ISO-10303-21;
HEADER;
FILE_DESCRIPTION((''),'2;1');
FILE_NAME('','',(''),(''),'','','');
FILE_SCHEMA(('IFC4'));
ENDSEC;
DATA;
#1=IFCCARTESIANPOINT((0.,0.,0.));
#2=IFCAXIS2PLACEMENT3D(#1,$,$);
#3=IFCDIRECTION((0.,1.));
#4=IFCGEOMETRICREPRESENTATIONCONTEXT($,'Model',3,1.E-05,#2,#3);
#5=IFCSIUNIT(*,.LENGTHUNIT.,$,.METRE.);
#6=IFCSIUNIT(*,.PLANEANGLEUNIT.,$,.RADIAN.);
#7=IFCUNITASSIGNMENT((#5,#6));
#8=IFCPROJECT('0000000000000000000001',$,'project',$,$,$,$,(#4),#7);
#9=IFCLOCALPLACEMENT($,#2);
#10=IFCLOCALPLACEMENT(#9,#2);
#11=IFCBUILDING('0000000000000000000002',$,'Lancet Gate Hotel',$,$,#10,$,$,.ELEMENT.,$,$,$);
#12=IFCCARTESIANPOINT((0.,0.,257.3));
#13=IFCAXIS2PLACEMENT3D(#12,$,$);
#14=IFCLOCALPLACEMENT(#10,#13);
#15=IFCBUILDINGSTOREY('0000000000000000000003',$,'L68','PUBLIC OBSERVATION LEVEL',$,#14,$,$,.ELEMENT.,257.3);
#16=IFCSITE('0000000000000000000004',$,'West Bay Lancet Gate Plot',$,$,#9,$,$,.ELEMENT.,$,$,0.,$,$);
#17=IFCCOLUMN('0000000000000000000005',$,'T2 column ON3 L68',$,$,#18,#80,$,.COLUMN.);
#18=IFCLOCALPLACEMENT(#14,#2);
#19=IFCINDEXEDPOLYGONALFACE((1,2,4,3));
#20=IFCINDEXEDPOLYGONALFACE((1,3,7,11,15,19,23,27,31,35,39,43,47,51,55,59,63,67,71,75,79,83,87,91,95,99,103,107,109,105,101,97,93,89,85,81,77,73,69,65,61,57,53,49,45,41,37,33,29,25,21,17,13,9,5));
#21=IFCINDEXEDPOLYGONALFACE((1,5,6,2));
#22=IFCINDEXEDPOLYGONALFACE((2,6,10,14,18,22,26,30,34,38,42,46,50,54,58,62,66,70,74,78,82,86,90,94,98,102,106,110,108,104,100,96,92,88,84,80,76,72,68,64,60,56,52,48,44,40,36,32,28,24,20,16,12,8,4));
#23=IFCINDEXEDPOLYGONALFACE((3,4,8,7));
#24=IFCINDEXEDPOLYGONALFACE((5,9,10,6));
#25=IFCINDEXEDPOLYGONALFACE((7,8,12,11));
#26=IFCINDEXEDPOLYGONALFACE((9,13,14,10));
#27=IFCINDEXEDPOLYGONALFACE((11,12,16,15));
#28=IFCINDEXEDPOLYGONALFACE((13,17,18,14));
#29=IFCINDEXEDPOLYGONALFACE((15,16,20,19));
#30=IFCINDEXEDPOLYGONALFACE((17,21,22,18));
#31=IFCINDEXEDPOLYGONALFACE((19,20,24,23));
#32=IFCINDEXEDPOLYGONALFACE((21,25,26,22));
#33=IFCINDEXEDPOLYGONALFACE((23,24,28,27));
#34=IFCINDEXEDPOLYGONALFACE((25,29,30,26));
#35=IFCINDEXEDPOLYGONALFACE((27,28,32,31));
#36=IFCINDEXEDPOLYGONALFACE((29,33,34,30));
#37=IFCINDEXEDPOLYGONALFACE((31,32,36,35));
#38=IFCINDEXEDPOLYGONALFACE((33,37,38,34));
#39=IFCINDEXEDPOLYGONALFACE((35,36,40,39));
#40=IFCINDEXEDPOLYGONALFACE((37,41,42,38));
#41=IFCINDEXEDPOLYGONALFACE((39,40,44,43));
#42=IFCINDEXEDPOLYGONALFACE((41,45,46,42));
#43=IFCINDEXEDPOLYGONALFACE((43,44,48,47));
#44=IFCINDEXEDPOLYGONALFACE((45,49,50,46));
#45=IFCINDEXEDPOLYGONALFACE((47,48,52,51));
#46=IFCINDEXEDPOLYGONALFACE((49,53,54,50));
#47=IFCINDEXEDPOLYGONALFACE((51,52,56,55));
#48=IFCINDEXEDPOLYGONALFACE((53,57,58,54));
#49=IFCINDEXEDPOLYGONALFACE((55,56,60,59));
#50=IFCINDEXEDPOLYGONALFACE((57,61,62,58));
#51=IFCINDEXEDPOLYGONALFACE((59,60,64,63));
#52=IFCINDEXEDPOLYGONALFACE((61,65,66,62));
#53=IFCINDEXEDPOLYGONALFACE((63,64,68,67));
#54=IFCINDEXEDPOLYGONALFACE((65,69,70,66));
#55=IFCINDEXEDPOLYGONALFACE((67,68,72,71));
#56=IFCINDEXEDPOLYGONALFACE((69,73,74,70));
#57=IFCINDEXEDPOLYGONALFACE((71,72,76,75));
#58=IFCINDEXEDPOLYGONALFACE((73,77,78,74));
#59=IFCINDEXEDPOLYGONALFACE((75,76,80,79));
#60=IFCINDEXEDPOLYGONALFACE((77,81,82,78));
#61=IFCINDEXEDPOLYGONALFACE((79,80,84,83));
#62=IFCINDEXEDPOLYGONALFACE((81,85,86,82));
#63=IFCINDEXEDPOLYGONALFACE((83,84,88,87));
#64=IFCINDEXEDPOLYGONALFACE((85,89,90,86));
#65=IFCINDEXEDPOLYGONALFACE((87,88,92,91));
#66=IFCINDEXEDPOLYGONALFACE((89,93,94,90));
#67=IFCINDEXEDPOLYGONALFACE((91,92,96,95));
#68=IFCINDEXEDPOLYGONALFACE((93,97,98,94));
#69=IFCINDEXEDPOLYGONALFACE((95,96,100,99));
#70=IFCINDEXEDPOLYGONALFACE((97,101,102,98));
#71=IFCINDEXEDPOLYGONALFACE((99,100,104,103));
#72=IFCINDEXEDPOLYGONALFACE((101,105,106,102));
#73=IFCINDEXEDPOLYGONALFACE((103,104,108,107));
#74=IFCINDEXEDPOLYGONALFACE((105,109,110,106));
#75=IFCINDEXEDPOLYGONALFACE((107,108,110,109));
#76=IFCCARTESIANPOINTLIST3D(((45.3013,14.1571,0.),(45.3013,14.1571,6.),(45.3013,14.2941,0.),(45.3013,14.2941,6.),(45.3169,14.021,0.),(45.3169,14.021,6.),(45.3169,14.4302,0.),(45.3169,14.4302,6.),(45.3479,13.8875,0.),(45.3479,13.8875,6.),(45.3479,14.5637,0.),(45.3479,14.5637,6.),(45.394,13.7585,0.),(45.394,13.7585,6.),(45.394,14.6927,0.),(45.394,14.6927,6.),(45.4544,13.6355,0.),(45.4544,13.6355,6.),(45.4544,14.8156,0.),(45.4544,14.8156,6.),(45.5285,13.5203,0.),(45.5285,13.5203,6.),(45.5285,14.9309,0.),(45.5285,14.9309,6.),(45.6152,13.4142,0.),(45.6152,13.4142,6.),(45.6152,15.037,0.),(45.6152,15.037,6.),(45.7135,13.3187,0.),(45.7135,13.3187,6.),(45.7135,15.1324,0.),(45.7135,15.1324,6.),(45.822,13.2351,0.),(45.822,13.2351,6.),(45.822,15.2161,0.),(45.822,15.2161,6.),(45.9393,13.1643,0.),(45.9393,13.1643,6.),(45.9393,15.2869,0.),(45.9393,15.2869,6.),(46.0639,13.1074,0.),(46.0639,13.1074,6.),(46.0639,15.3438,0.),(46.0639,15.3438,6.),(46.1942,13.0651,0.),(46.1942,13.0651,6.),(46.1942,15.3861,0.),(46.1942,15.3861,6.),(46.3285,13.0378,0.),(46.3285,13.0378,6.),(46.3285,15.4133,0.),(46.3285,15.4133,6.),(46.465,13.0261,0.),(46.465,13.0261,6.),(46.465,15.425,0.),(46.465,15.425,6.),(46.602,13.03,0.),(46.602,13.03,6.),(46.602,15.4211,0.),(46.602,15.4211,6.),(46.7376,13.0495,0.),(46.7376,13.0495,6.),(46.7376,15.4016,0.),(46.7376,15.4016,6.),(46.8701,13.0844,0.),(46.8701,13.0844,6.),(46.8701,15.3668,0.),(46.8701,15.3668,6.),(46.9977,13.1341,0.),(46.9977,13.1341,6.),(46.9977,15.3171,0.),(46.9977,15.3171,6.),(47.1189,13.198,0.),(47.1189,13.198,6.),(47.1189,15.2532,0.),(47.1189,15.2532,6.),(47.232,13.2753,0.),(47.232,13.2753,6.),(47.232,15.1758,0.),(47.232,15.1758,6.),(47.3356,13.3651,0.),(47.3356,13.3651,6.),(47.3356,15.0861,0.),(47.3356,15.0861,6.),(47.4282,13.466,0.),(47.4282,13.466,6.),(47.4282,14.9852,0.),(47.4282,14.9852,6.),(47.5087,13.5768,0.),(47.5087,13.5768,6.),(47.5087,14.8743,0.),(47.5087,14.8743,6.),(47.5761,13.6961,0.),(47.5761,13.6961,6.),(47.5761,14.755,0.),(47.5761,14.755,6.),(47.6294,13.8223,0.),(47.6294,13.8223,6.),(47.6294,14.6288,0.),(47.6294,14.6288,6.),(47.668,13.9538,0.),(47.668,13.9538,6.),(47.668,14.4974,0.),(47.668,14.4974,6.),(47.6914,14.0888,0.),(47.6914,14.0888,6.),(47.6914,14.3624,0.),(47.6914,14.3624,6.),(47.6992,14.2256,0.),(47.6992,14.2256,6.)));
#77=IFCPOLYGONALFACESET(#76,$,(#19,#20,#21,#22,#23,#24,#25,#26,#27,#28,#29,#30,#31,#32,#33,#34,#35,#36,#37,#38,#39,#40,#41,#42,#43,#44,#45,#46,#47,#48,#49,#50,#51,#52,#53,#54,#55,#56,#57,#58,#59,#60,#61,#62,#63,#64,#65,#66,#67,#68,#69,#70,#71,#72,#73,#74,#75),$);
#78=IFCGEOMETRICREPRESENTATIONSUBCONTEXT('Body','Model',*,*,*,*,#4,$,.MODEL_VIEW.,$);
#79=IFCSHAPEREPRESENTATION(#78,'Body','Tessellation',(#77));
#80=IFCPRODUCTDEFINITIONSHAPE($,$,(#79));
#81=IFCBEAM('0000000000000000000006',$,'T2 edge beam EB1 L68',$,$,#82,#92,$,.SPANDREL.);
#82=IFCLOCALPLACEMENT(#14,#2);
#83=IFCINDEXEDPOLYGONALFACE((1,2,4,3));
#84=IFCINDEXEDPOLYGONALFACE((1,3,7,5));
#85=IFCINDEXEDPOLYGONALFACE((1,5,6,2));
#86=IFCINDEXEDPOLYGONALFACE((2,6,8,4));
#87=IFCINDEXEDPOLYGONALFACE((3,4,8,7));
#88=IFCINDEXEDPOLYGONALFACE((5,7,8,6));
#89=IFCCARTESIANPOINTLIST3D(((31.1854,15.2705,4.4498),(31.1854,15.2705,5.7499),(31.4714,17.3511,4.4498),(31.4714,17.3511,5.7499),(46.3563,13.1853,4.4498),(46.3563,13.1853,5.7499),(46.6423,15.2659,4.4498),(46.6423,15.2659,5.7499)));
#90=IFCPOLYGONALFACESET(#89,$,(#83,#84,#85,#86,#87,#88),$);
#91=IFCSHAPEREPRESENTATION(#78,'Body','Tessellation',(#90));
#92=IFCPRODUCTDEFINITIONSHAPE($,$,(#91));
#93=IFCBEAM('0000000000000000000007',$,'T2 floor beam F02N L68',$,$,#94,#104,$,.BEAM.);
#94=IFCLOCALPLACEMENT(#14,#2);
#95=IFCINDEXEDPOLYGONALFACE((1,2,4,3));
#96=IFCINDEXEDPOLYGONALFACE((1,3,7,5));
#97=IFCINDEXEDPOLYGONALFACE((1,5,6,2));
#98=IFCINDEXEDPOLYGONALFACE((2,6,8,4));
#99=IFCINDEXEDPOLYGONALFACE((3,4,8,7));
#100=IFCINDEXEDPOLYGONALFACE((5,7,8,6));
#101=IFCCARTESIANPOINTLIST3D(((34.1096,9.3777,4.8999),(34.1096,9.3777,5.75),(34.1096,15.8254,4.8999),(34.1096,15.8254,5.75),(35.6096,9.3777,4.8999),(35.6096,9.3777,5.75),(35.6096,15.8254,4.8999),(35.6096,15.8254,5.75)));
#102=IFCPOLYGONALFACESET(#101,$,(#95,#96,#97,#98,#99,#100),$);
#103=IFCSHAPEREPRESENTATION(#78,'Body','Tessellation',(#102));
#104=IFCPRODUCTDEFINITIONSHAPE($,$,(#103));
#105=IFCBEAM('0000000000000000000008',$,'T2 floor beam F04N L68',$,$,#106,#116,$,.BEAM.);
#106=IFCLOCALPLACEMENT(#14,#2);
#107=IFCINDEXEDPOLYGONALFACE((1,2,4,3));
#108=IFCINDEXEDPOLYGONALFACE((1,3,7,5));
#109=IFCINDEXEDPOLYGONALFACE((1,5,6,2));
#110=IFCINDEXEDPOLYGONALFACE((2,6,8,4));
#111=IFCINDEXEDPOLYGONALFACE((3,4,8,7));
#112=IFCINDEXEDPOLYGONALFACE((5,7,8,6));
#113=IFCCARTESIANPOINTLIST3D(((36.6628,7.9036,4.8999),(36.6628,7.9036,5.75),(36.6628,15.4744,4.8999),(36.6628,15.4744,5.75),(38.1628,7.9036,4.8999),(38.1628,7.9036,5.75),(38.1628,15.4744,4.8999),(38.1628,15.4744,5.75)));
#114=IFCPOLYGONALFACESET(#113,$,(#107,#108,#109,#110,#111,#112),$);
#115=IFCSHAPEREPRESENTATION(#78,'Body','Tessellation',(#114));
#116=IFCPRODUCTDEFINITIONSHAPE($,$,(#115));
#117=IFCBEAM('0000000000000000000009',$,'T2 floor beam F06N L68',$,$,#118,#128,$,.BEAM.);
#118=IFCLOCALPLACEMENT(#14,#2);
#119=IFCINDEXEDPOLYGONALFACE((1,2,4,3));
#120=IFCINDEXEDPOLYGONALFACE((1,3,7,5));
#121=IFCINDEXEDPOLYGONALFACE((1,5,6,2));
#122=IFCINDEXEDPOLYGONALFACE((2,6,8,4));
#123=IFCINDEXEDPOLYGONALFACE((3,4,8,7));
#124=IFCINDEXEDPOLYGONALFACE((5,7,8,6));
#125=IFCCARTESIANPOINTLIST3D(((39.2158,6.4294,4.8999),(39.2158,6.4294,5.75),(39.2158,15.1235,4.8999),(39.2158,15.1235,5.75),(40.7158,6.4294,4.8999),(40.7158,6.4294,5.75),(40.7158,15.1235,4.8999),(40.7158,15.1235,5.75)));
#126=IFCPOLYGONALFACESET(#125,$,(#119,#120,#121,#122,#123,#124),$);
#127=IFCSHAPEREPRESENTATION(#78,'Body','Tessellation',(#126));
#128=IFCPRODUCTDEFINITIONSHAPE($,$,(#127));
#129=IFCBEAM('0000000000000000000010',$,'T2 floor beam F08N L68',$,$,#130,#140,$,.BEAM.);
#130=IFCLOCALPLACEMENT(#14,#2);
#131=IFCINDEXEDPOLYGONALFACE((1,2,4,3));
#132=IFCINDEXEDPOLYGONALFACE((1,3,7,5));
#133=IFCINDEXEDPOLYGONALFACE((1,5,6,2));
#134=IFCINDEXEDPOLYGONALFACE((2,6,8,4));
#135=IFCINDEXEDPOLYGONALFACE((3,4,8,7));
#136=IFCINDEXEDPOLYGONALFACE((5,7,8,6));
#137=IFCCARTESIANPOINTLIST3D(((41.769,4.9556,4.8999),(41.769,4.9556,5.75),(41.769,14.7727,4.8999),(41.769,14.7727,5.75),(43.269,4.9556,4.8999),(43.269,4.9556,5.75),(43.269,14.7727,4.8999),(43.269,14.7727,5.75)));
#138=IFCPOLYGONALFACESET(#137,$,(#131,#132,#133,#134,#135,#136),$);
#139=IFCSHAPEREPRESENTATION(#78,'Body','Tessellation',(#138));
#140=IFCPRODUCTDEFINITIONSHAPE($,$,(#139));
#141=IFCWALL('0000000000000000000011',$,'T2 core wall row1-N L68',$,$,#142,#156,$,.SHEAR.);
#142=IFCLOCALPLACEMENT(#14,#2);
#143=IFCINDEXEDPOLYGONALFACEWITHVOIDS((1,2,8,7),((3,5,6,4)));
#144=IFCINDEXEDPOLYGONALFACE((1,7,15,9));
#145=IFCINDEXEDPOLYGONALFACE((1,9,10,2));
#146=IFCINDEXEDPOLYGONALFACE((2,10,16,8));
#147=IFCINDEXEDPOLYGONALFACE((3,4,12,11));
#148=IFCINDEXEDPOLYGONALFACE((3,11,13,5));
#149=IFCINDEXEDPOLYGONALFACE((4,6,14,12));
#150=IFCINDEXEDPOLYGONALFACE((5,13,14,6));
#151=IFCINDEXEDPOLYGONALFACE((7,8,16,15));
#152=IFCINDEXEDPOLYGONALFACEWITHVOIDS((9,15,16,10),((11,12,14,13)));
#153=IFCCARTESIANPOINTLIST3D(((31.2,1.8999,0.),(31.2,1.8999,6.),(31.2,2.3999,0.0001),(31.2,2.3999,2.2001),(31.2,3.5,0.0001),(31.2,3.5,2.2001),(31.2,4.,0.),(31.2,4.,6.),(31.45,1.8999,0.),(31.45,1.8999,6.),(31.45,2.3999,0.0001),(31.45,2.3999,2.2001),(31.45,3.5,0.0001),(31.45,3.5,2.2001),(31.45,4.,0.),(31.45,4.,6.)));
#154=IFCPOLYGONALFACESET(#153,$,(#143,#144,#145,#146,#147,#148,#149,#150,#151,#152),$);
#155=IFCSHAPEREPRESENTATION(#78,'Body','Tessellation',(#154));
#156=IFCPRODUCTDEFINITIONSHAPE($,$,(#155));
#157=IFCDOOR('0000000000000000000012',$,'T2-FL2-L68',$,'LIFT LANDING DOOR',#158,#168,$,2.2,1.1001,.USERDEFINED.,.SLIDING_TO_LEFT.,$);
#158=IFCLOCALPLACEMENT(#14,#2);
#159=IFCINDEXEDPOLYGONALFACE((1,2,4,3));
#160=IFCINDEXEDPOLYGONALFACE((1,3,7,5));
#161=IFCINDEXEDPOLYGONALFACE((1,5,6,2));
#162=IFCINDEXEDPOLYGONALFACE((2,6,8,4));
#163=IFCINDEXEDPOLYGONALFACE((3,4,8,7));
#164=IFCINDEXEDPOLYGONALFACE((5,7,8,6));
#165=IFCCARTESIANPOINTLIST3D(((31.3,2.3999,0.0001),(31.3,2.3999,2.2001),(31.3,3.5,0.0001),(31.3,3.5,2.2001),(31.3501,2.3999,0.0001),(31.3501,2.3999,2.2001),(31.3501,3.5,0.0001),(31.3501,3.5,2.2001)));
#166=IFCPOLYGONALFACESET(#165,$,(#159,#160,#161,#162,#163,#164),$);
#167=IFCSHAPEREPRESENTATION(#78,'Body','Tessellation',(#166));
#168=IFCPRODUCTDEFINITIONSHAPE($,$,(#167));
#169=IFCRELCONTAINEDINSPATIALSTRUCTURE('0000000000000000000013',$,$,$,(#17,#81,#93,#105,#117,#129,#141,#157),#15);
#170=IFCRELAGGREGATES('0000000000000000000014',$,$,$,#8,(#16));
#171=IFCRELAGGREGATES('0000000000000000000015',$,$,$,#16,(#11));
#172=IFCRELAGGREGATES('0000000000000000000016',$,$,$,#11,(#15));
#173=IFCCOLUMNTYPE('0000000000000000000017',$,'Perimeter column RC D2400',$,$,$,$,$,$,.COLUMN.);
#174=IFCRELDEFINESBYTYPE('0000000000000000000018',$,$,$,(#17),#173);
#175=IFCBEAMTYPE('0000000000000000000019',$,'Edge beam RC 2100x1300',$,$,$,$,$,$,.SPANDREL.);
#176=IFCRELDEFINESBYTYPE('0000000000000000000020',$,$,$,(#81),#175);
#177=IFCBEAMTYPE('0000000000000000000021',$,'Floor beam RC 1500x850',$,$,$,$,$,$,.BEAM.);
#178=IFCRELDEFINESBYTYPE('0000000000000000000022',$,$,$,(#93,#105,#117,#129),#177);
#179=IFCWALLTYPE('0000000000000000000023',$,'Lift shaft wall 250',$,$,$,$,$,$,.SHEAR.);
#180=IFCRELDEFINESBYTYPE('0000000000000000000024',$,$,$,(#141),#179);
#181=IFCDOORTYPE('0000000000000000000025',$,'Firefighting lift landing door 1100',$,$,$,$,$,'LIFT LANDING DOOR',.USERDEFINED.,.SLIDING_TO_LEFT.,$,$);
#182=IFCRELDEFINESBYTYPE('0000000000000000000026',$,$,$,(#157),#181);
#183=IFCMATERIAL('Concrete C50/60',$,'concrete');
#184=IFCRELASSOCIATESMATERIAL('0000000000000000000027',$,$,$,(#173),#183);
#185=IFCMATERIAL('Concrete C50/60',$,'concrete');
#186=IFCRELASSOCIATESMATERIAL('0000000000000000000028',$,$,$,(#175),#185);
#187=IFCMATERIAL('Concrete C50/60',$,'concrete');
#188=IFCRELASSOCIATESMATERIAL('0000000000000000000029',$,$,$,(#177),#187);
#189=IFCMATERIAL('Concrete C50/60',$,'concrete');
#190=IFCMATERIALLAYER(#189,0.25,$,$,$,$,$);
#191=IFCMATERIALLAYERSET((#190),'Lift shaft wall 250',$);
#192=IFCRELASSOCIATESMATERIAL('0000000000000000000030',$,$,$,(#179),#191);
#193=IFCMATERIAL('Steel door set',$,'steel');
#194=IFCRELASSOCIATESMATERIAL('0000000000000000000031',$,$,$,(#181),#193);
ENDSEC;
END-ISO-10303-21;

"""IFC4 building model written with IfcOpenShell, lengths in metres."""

from ifc_helpers import new_model, si_unit, direction, frame, frame_2d, origin, origin_2d, place, context, subcontext, project, spatial, rectangle, circle, extrude, material, layer, layer_set, material_profile, profile_set, type_object, element, fill, save


model = new_model("IFC4")

# Units and contexts
model_context = context("Model", 3, precision=1e-05, world=origin(), true_north=direction((0.0, 1.0)))
body_context = subcontext(model_context, "Body", "Model", "MODEL_VIEW")
ifc_project = project(units=[si_unit("LENGTHUNIT", "METRE"), si_unit("PLANEANGLEUNIT", "RADIAN")], contexts=[model_context])

# Site, building, storey
site_placement = place(None, origin())
site = spatial("IfcSite", under=ifc_project, at=site_placement, Name="West Bay Lancet Gate Plot", CompositionType="ELEMENT", RefElevation=0.0)
building_placement = place(site_placement, origin())
building = spatial("IfcBuilding", under=site, at=building_placement, Name="Lancet Gate Hotel", CompositionType="ELEMENT")
storey_placement = place(building_placement, frame((0.0, 0.0, 257.3)))
storey = spatial("IfcBuildingStorey", under=building, at=storey_placement, Name="L68", Description="PUBLIC OBSERVATION LEVEL", CompositionType="ELEMENT", Elevation=257.3)

# Column
ifc_material_1 = material(Name="Concrete C50/60", Category="concrete")
ifc_material_profile_1 = material_profile(ifc_material_1, circle(Radius=1.2, at=origin_2d()), Name="RC D2400")
ifc_profile_set_1 = profile_set([ifc_material_profile_1], Name="Concrete C50/60")
column_type = type_object("IfcColumnType", Name="Perimeter column RC D2400", PredefinedType="COLUMN", material=ifc_profile_set_1)
column_placement = place(storey_placement, frame((46.4993, 14.2256, 0.0), z_axis=(0.0, 0.0, 1.0), x_axis=(1.0, 0.0, 0.0)))
element("IfcColumn", 1, at=column_placement, inside=storey, type_object=column_type, Name="T2 column ON3 L68", PredefinedType="COLUMN", context=body_context, shape_type="SweptSolid", body=[
    extrude(circle(Radius=1.2, at=origin_2d()), origin(), (0.0, 0.0, 1.0), 6.0),
])

# Beams
ifc_material_2 = material(Name="Concrete C50/60", Category="concrete")
ifc_material_profile_2 = material_profile(ifc_material_2, rectangle(XDim=2.1001, YDim=1.3, at=origin_2d()), Name="RC 2100x1300")
ifc_profile_set_2 = profile_set([ifc_material_profile_2], Name="Concrete C50/60")
beam_type_1 = type_object("IfcBeamType", Name="Edge beam RC 2100x1300", PredefinedType="SPANDREL", material=ifc_profile_set_2)
beam_1_placement = place(storey_placement, frame((46.4993, 14.2256, 5.0999), z_axis=(-0.990686, 0.136167, 0.0), x_axis=(-0.136167, -0.990686, 0.0)))
element("IfcBeam", 2, at=beam_1_placement, inside=storey, type_object=beam_type_1, Name="T2 edge beam EB1 L68", PredefinedType="SPANDREL", context=body_context, shape_type="SweptSolid", body=[
    extrude(rectangle(XDim=2.1001, YDim=1.3, at=origin_2d()), origin(), (0.0, 0.0, 1.0), 15.3135),
])
ifc_material_3 = material(Name="Concrete C50/60", Category="concrete")
ifc_material_profile_3 = material_profile(ifc_material_3, rectangle(XDim=1.5, YDim=0.8501, at=origin_2d()), Name="RC 1500x850")
ifc_profile_set_3 = profile_set([ifc_material_profile_3], Name="Concrete C50/60")
beam_type_2 = type_object("IfcBeamType", Name="Floor beam RC 1500x850", PredefinedType="BEAM", material=ifc_profile_set_3)
beam_2_placement = place(storey_placement, frame((34.8596, 9.3777, 5.325), z_axis=(0.0, 1.0, 0.0), x_axis=(-1.0, 0.0, 0.0)))
element("IfcBeam", 3, at=beam_2_placement, inside=storey, type_object=beam_type_2, Name="T2 floor beam F02N L68", PredefinedType="BEAM", context=body_context, shape_type="SweptSolid", body=[
    extrude(rectangle(XDim=1.5, YDim=0.8501, at=origin_2d()), origin(), (0.0, 0.0, 1.0), 6.4478),
])
beam_3_placement = place(storey_placement, frame((37.4128, 7.9036, 5.325), z_axis=(0.0, 1.0, 0.0), x_axis=(-1.0, 0.0, 0.0)))
element("IfcBeam", 4, at=beam_3_placement, inside=storey, type_object=beam_type_2, Name="T2 floor beam F04N L68", PredefinedType="BEAM", context=body_context, shape_type="SweptSolid", body=[
    extrude(rectangle(XDim=1.5, YDim=0.8501, at=origin_2d()), origin(), (0.0, 0.0, 1.0), 7.5708),
])
beam_4_placement = place(storey_placement, frame((39.9658, 6.4294, 5.325), z_axis=(0.0, 1.0, 0.0), x_axis=(-1.0, 0.0, 0.0)))
element("IfcBeam", 5, at=beam_4_placement, inside=storey, type_object=beam_type_2, Name="T2 floor beam F06N L68", PredefinedType="BEAM", context=body_context, shape_type="SweptSolid", body=[
    extrude(rectangle(XDim=1.5, YDim=0.8501, at=origin_2d()), origin(), (0.0, 0.0, 1.0), 8.6941),
])
beam_5_placement = place(storey_placement, frame((42.519, 4.9556, 5.325), z_axis=(0.0, 1.0, 0.0), x_axis=(-1.0, 0.0, 0.0)))
element("IfcBeam", 6, at=beam_5_placement, inside=storey, type_object=beam_type_2, Name="T2 floor beam F08N L68", PredefinedType="BEAM", context=body_context, shape_type="SweptSolid", body=[
    extrude(rectangle(XDim=1.5, YDim=0.8501, at=origin_2d()), origin(), (0.0, 0.0, 1.0), 9.8171),
])

# Wall, opening, door
ifc_material_4 = material(Name="Concrete C50/60", Category="concrete")
ifc_layer_1 = layer(ifc_material_4, 0.25)
ifc_layer_set_1 = layer_set([ifc_layer_1], Name="Lift shaft wall 250")
wall_type_1 = type_object("IfcWallType", Name="Lift shaft wall 250", PredefinedType="SHEAR", material=ifc_layer_set_1)
wall_1_placement = place(storey_placement, frame((31.325, 1.8999, 0.0), z_axis=(0.0, 0.0, 1.0), x_axis=(0.0, 1.0, 0.0)))
wall_1 = element("IfcWall", 7, at=wall_1_placement, inside=storey, type_object=wall_type_1, Name="T2 core wall row1-N L68", PredefinedType="SHEAR", context=body_context, shape_type="SweptSolid", body=[
    extrude(rectangle(XDim=2.1001, YDim=0.25, at=frame_2d((1.05, 0.0))), origin(), (0.0, 0.0, 1.0), 6.0),
])
opening_1_placement = place(wall_1_placement, frame((0.5, 0.0, 0.0)))
opening_1 = element("IfcOpeningElement", 8, at=opening_1_placement, cuts=wall_1, PredefinedType="OPENING", context=body_context, shape_type="SweptSolid", body=[
    extrude(rectangle(XDim=1.1001, YDim=2.2, at=frame_2d((0.55, 1.1001))), frame((0.0, 0.135, 0.0), z_axis=(0.0, -1.0, 0.0), x_axis=(1.0, 0.0, 0.0)), (0.0, 0.0, 1.0), 0.27),
])
ifc_material_5 = material(Name="Steel door set", Category="steel")
door_type_1 = type_object("IfcDoorType", Name="Firefighting lift landing door 1100", ElementType="LIFT LANDING DOOR", OperationType="SLIDING_TO_LEFT", PredefinedType="USERDEFINED", material=ifc_material_5)
door_1_placement = place(opening_1_placement, origin())
door_1 = element("IfcDoor", 9, at=door_1_placement, inside=storey, type_object=door_type_1, Name="T2-FL2-L68", ObjectType="LIFT LANDING DOOR", OperationType="SLIDING_TO_LEFT", OverallHeight=2.2, OverallWidth=1.1001, PredefinedType="USERDEFINED", context=body_context, shape_type="SweptSolid", body=[
    extrude(rectangle(XDim=1.1001, YDim=2.2, at=frame_2d((0.55, 1.1001))), frame((0.0, 0.0249, 0.0), z_axis=(0.0, -1.0, 0.0), x_axis=(1.0, 0.0, 0.0)), (0.0, 0.0, 1.0), 0.05),
])
fill(opening_1, door_1)

save(model, "model.ifc")
